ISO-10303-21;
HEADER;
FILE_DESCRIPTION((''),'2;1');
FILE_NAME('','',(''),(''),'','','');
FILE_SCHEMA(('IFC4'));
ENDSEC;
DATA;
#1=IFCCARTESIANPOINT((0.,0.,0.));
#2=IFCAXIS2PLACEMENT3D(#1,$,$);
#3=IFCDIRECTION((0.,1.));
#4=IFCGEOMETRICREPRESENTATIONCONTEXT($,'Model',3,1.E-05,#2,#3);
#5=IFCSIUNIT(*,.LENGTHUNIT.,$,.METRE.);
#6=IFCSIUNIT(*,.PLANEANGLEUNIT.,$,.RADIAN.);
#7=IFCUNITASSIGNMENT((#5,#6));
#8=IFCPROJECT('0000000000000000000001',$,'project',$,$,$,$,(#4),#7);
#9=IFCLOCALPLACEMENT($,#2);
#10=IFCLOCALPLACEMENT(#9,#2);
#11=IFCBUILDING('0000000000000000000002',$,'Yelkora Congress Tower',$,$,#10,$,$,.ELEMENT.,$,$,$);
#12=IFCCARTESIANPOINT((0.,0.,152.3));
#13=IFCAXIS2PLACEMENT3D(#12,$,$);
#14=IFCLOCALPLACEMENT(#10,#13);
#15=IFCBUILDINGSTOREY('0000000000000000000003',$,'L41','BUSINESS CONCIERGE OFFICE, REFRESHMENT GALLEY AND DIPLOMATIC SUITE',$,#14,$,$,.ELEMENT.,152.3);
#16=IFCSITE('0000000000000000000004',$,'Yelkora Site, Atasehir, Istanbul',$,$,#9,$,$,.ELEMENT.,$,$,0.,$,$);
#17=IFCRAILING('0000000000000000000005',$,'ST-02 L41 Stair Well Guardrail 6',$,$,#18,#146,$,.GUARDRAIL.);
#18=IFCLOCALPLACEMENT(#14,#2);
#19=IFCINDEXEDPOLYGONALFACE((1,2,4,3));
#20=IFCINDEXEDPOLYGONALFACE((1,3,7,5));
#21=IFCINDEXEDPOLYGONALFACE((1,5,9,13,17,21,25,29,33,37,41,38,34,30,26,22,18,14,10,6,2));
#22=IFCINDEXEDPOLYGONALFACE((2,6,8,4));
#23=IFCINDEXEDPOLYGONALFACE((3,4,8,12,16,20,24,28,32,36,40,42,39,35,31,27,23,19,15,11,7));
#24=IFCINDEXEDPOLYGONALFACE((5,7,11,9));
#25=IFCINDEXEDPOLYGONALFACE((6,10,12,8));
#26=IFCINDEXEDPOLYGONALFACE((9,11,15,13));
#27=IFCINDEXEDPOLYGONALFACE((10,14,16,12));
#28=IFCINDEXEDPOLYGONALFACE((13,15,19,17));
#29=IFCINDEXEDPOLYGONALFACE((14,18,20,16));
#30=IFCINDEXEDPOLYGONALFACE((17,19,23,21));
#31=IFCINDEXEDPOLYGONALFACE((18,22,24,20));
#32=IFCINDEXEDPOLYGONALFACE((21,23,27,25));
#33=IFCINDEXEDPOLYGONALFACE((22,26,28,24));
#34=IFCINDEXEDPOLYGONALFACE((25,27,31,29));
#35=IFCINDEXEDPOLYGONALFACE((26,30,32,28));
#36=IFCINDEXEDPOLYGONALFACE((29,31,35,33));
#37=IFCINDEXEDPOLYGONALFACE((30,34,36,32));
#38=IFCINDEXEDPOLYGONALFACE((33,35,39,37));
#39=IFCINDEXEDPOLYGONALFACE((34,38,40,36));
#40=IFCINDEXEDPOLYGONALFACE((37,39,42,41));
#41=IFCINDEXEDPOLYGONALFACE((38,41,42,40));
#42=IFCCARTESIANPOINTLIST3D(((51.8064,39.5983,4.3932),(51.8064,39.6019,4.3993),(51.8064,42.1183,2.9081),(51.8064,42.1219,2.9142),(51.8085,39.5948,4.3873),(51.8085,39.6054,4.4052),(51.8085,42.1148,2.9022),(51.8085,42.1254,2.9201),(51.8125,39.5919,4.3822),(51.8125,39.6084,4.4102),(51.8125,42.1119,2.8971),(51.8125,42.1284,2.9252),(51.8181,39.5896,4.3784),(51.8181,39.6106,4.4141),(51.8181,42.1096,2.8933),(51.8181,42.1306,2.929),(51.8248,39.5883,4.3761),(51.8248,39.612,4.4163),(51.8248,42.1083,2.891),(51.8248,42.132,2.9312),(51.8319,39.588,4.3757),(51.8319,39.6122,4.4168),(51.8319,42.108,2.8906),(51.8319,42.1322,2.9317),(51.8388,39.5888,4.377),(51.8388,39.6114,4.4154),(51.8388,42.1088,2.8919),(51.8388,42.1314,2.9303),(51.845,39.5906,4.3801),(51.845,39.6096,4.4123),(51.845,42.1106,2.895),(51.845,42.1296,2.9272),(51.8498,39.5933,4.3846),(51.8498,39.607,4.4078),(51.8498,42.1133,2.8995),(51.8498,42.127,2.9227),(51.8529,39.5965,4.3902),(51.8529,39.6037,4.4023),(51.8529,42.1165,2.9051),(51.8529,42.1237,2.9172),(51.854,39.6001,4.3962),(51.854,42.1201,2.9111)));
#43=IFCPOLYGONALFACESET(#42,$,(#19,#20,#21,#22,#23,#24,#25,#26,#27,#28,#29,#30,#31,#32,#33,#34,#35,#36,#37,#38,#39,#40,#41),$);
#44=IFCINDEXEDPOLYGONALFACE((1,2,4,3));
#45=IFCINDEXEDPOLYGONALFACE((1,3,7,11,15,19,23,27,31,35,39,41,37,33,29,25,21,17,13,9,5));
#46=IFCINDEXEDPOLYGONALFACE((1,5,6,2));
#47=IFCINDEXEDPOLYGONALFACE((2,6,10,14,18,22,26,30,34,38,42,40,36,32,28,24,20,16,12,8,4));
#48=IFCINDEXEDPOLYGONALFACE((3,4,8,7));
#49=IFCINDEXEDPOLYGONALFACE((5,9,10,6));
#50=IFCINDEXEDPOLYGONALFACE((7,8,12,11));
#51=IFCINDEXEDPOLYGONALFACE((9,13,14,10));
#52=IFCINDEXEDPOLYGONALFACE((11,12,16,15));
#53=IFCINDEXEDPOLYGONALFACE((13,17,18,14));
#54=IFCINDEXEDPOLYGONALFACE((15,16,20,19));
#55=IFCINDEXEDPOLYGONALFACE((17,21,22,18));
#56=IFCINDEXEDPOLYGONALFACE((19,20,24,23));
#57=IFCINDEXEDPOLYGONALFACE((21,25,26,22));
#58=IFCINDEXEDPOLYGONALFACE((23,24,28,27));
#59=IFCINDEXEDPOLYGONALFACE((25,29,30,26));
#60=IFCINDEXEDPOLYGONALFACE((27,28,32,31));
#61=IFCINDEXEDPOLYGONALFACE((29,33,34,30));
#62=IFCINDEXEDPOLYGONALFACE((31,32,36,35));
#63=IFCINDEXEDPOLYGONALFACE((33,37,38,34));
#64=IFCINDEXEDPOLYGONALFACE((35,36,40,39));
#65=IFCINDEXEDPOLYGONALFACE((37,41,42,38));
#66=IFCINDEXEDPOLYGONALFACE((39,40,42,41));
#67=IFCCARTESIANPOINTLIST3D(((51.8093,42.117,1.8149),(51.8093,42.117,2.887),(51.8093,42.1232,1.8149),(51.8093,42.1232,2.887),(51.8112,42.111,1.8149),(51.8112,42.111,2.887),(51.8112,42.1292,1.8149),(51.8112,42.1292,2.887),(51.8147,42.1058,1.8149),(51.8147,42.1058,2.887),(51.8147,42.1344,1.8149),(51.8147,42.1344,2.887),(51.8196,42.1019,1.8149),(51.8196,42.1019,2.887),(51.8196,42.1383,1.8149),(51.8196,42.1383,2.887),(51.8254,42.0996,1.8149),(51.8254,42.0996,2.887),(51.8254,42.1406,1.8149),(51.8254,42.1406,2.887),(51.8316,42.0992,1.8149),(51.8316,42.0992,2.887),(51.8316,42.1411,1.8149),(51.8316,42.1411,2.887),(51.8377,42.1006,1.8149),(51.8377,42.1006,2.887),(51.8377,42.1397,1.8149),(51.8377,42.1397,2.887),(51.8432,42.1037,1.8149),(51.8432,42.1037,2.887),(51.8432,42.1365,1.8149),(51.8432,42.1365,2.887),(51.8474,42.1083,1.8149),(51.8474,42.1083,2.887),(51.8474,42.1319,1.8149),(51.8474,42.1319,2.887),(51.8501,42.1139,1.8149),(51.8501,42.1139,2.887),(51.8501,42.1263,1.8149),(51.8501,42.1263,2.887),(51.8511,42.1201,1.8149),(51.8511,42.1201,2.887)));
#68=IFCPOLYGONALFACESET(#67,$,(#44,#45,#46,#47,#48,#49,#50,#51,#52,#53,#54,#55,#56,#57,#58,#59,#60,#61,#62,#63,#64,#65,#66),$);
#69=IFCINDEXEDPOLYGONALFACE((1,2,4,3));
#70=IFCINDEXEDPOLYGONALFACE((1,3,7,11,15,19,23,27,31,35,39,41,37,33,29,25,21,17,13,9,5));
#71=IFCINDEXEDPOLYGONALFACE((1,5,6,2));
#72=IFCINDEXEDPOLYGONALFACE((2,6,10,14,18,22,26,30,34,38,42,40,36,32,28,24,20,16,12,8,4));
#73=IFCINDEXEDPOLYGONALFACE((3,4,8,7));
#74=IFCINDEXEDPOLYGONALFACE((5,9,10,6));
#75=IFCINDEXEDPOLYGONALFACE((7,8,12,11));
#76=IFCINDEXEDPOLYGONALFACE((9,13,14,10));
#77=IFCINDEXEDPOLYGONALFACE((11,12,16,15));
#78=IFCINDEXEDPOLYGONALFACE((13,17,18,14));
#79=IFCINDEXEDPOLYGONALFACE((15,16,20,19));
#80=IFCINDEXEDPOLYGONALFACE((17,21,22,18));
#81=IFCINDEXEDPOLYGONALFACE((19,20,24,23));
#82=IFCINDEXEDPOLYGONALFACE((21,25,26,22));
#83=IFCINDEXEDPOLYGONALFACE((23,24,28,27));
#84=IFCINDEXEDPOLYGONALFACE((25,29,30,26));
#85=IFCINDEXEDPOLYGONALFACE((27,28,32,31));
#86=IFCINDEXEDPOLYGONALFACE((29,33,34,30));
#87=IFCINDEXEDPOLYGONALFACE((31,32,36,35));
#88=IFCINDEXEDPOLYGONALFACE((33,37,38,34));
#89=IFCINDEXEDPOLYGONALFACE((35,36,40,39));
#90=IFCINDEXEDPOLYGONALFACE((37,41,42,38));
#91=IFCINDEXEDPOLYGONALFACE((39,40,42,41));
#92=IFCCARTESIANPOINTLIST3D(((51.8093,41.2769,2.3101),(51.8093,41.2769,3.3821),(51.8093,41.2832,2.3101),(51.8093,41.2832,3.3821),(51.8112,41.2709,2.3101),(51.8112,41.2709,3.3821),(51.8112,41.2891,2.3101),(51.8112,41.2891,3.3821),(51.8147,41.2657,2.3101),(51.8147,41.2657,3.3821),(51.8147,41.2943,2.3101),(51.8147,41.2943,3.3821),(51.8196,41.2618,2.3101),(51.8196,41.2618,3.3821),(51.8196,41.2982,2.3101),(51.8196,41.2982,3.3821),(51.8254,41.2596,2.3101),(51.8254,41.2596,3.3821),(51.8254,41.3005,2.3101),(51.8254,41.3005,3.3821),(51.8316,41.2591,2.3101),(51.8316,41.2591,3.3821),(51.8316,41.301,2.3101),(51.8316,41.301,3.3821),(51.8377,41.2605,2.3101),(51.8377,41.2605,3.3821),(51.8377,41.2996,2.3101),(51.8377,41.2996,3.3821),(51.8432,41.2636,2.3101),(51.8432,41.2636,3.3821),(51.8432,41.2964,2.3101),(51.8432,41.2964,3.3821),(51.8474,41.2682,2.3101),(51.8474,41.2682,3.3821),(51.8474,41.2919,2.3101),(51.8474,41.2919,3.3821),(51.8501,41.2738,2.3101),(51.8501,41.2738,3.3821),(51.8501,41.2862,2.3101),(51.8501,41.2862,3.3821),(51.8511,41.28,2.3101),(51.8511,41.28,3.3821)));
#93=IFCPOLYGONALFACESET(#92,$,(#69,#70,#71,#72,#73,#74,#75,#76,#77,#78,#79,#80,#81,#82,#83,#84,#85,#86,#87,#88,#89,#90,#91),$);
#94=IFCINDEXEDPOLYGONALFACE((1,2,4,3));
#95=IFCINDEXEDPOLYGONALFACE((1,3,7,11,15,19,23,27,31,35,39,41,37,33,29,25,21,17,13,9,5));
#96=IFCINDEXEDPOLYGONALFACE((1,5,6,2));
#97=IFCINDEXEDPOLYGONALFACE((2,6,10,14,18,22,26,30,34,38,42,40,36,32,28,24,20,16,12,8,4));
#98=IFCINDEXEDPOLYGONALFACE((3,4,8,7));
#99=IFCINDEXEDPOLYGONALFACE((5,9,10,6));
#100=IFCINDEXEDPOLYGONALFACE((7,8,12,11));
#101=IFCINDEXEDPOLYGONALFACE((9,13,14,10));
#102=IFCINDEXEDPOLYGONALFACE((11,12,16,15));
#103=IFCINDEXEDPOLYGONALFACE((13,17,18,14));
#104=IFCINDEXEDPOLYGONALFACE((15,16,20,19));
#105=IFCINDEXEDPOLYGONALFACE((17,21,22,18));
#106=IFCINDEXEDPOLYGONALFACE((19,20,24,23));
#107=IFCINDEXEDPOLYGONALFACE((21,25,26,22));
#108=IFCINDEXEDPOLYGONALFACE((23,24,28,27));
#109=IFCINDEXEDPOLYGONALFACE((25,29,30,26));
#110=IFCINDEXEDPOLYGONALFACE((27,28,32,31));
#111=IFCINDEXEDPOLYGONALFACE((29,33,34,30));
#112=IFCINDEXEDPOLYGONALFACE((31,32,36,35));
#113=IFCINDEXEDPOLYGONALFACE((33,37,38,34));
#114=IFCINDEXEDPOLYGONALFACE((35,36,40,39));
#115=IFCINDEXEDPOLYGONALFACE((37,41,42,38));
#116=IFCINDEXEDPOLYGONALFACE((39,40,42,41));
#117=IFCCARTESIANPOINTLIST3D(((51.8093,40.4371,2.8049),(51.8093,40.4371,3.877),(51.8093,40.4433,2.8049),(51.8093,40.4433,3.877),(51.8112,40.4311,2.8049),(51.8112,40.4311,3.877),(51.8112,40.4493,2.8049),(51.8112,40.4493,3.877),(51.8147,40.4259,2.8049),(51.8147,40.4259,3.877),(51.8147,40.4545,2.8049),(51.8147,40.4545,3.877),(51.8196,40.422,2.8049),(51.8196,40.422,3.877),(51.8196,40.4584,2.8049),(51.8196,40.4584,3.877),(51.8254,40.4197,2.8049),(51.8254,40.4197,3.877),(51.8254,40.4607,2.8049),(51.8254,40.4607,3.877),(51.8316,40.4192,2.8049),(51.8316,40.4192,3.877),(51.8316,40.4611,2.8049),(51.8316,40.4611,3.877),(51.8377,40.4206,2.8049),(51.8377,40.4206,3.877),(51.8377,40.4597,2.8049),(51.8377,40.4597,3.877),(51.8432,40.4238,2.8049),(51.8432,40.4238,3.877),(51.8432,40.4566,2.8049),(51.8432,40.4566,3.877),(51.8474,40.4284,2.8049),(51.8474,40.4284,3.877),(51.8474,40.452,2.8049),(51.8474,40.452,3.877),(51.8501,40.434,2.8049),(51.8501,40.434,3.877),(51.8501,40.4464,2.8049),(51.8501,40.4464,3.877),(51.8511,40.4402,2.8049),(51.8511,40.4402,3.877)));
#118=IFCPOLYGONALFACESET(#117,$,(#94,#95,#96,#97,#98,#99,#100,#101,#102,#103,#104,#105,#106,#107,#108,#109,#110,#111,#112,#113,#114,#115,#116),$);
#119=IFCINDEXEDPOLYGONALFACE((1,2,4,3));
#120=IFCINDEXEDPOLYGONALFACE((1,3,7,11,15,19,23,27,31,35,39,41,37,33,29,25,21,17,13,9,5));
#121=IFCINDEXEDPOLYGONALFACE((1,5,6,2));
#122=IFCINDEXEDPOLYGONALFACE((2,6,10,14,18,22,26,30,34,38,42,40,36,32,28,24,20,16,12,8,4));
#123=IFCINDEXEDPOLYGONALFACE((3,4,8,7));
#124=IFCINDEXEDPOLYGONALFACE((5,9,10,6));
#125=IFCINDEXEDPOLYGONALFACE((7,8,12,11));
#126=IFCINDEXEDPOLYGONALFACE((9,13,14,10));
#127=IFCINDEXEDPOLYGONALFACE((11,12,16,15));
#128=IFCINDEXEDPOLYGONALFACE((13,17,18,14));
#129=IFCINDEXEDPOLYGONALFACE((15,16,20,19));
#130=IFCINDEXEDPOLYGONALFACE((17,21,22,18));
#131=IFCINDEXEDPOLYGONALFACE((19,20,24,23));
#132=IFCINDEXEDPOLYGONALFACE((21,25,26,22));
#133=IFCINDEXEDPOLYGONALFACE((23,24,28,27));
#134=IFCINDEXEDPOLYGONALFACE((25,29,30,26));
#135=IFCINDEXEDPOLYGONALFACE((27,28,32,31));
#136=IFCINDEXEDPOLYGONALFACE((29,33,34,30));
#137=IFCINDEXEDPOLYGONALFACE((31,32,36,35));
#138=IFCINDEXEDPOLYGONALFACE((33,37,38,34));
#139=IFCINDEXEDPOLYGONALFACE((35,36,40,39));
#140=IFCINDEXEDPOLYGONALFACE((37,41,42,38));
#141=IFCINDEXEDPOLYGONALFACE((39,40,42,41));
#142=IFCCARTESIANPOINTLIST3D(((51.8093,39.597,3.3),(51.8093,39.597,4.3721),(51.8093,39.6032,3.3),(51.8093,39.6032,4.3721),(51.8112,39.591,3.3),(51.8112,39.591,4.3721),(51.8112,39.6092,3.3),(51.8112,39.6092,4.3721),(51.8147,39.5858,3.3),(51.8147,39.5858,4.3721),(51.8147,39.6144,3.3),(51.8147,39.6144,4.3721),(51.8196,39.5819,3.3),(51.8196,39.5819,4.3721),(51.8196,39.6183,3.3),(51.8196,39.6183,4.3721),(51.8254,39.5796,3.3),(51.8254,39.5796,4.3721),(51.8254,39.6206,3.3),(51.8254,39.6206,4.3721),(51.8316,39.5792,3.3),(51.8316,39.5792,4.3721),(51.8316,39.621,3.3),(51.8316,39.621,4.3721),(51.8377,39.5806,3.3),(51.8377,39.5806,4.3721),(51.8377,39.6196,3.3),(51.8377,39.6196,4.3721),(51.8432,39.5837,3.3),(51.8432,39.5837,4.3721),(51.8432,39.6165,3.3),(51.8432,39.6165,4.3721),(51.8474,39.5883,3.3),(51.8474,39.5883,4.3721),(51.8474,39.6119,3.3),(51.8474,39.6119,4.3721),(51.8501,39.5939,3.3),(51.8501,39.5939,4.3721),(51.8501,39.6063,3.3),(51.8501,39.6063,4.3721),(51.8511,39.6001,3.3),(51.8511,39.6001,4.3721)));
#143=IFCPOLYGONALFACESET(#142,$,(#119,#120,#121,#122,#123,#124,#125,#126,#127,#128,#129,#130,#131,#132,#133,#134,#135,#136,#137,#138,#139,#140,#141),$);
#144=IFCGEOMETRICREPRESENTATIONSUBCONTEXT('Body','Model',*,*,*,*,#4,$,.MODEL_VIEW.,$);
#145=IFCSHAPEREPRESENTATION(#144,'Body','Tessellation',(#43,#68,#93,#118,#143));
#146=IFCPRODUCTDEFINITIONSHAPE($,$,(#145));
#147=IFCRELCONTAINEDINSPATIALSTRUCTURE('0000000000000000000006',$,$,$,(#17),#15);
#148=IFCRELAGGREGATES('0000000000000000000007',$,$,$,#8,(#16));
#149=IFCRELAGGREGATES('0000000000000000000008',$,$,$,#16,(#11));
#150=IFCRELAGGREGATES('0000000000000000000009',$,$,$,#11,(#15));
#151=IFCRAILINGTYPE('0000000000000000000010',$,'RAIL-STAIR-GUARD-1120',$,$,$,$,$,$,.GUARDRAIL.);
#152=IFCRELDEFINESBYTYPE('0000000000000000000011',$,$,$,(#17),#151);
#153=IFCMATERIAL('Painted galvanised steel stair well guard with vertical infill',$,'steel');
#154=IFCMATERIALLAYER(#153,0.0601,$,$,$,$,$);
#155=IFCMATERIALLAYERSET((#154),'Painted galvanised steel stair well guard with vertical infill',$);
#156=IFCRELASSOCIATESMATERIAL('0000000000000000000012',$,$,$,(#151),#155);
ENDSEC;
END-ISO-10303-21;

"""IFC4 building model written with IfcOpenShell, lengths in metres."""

from ifc_helpers import new_model, si_unit, direction, frame, origin, origin_2d, place, context, subcontext, project, spatial, circle, extrude, material, layer, layer_set, type_object, element, save


model = new_model("IFC4")

# Units and contexts
model_context = context("Model", 3, precision=1e-05, world=origin(), true_north=direction((0.0, 1.0)))
body_context = subcontext(model_context, "Body", "Model", "MODEL_VIEW")
ifc_project = project(units=[si_unit("LENGTHUNIT", "METRE"), si_unit("PLANEANGLEUNIT", "RADIAN")], contexts=[model_context])

# Site, building, storey
site_placement = place(None, origin())
site = spatial("IfcSite", under=ifc_project, at=site_placement, Name="Yelkora Site, Atasehir, Istanbul", CompositionType="ELEMENT", RefElevation=0.0)
building_placement = place(site_placement, origin())
building = spatial("IfcBuilding", under=site, at=building_placement, Name="Yelkora Congress Tower", CompositionType="ELEMENT")
storey_placement = place(building_placement, frame((0.0, 0.0, 152.3)))
storey = spatial("IfcBuildingStorey", under=building, at=storey_placement, Name="L41", Description="BUSINESS CONCIERGE OFFICE, REFRESHMENT GALLEY AND DIPLOMATIC SUITE", CompositionType="ELEMENT", Elevation=152.3)

# Railing
ifc_material_1 = material(Name="Painted galvanised steel stair well guard with vertical infill", Category="steel")
ifc_layer_1 = layer(ifc_material_1, 0.0601)
ifc_layer_set_1 = layer_set([ifc_layer_1], Name="Painted galvanised steel stair well guard with vertical infill")
railing_type_1 = type_object("IfcRailingType", Name="RAIL-STAIR-GUARD-1120", PredefinedType="GUARDRAIL", material=ifc_layer_set_1)
railing_1_placement = place(storey_placement, frame((51.8301, 42.1201, 1.8149)))
element("IfcRailing", 1, at=railing_1_placement, inside=storey, type_object=railing_type_1, Name="ST-02 L41 Stair Well Guardrail 6", PredefinedType="GUARDRAIL", context=body_context, shape_type="SweptSolid", body=[
    extrude(circle(Radius=0.0239, at=origin_2d()), frame((0.0, 0.0, 1.0962), z_axis=(0.0, -0.861524, 0.507717), x_axis=(1.0, 0.0, 0.0)), (0.0, 0.0, 1.0), 2.925),
    extrude(circle(Radius=0.021, at=origin_2d()), origin(), (0.0, 0.0, 1.0), 1.072),
    extrude(circle(Radius=0.021, at=origin_2d()), frame((0.0, -0.8401, 0.4951)), (0.0, 0.0, 1.0), 1.072),
    extrude(circle(Radius=0.021, at=origin_2d()), frame((0.0, -1.6799, 0.99)), (0.0, 0.0, 1.0), 1.072),
    extrude(circle(Radius=0.021, at=origin_2d()), frame((0.0, -2.52, 1.4851)), (0.0, 0.0, 1.0), 1.072),
])

save(model, "model.ifc")
